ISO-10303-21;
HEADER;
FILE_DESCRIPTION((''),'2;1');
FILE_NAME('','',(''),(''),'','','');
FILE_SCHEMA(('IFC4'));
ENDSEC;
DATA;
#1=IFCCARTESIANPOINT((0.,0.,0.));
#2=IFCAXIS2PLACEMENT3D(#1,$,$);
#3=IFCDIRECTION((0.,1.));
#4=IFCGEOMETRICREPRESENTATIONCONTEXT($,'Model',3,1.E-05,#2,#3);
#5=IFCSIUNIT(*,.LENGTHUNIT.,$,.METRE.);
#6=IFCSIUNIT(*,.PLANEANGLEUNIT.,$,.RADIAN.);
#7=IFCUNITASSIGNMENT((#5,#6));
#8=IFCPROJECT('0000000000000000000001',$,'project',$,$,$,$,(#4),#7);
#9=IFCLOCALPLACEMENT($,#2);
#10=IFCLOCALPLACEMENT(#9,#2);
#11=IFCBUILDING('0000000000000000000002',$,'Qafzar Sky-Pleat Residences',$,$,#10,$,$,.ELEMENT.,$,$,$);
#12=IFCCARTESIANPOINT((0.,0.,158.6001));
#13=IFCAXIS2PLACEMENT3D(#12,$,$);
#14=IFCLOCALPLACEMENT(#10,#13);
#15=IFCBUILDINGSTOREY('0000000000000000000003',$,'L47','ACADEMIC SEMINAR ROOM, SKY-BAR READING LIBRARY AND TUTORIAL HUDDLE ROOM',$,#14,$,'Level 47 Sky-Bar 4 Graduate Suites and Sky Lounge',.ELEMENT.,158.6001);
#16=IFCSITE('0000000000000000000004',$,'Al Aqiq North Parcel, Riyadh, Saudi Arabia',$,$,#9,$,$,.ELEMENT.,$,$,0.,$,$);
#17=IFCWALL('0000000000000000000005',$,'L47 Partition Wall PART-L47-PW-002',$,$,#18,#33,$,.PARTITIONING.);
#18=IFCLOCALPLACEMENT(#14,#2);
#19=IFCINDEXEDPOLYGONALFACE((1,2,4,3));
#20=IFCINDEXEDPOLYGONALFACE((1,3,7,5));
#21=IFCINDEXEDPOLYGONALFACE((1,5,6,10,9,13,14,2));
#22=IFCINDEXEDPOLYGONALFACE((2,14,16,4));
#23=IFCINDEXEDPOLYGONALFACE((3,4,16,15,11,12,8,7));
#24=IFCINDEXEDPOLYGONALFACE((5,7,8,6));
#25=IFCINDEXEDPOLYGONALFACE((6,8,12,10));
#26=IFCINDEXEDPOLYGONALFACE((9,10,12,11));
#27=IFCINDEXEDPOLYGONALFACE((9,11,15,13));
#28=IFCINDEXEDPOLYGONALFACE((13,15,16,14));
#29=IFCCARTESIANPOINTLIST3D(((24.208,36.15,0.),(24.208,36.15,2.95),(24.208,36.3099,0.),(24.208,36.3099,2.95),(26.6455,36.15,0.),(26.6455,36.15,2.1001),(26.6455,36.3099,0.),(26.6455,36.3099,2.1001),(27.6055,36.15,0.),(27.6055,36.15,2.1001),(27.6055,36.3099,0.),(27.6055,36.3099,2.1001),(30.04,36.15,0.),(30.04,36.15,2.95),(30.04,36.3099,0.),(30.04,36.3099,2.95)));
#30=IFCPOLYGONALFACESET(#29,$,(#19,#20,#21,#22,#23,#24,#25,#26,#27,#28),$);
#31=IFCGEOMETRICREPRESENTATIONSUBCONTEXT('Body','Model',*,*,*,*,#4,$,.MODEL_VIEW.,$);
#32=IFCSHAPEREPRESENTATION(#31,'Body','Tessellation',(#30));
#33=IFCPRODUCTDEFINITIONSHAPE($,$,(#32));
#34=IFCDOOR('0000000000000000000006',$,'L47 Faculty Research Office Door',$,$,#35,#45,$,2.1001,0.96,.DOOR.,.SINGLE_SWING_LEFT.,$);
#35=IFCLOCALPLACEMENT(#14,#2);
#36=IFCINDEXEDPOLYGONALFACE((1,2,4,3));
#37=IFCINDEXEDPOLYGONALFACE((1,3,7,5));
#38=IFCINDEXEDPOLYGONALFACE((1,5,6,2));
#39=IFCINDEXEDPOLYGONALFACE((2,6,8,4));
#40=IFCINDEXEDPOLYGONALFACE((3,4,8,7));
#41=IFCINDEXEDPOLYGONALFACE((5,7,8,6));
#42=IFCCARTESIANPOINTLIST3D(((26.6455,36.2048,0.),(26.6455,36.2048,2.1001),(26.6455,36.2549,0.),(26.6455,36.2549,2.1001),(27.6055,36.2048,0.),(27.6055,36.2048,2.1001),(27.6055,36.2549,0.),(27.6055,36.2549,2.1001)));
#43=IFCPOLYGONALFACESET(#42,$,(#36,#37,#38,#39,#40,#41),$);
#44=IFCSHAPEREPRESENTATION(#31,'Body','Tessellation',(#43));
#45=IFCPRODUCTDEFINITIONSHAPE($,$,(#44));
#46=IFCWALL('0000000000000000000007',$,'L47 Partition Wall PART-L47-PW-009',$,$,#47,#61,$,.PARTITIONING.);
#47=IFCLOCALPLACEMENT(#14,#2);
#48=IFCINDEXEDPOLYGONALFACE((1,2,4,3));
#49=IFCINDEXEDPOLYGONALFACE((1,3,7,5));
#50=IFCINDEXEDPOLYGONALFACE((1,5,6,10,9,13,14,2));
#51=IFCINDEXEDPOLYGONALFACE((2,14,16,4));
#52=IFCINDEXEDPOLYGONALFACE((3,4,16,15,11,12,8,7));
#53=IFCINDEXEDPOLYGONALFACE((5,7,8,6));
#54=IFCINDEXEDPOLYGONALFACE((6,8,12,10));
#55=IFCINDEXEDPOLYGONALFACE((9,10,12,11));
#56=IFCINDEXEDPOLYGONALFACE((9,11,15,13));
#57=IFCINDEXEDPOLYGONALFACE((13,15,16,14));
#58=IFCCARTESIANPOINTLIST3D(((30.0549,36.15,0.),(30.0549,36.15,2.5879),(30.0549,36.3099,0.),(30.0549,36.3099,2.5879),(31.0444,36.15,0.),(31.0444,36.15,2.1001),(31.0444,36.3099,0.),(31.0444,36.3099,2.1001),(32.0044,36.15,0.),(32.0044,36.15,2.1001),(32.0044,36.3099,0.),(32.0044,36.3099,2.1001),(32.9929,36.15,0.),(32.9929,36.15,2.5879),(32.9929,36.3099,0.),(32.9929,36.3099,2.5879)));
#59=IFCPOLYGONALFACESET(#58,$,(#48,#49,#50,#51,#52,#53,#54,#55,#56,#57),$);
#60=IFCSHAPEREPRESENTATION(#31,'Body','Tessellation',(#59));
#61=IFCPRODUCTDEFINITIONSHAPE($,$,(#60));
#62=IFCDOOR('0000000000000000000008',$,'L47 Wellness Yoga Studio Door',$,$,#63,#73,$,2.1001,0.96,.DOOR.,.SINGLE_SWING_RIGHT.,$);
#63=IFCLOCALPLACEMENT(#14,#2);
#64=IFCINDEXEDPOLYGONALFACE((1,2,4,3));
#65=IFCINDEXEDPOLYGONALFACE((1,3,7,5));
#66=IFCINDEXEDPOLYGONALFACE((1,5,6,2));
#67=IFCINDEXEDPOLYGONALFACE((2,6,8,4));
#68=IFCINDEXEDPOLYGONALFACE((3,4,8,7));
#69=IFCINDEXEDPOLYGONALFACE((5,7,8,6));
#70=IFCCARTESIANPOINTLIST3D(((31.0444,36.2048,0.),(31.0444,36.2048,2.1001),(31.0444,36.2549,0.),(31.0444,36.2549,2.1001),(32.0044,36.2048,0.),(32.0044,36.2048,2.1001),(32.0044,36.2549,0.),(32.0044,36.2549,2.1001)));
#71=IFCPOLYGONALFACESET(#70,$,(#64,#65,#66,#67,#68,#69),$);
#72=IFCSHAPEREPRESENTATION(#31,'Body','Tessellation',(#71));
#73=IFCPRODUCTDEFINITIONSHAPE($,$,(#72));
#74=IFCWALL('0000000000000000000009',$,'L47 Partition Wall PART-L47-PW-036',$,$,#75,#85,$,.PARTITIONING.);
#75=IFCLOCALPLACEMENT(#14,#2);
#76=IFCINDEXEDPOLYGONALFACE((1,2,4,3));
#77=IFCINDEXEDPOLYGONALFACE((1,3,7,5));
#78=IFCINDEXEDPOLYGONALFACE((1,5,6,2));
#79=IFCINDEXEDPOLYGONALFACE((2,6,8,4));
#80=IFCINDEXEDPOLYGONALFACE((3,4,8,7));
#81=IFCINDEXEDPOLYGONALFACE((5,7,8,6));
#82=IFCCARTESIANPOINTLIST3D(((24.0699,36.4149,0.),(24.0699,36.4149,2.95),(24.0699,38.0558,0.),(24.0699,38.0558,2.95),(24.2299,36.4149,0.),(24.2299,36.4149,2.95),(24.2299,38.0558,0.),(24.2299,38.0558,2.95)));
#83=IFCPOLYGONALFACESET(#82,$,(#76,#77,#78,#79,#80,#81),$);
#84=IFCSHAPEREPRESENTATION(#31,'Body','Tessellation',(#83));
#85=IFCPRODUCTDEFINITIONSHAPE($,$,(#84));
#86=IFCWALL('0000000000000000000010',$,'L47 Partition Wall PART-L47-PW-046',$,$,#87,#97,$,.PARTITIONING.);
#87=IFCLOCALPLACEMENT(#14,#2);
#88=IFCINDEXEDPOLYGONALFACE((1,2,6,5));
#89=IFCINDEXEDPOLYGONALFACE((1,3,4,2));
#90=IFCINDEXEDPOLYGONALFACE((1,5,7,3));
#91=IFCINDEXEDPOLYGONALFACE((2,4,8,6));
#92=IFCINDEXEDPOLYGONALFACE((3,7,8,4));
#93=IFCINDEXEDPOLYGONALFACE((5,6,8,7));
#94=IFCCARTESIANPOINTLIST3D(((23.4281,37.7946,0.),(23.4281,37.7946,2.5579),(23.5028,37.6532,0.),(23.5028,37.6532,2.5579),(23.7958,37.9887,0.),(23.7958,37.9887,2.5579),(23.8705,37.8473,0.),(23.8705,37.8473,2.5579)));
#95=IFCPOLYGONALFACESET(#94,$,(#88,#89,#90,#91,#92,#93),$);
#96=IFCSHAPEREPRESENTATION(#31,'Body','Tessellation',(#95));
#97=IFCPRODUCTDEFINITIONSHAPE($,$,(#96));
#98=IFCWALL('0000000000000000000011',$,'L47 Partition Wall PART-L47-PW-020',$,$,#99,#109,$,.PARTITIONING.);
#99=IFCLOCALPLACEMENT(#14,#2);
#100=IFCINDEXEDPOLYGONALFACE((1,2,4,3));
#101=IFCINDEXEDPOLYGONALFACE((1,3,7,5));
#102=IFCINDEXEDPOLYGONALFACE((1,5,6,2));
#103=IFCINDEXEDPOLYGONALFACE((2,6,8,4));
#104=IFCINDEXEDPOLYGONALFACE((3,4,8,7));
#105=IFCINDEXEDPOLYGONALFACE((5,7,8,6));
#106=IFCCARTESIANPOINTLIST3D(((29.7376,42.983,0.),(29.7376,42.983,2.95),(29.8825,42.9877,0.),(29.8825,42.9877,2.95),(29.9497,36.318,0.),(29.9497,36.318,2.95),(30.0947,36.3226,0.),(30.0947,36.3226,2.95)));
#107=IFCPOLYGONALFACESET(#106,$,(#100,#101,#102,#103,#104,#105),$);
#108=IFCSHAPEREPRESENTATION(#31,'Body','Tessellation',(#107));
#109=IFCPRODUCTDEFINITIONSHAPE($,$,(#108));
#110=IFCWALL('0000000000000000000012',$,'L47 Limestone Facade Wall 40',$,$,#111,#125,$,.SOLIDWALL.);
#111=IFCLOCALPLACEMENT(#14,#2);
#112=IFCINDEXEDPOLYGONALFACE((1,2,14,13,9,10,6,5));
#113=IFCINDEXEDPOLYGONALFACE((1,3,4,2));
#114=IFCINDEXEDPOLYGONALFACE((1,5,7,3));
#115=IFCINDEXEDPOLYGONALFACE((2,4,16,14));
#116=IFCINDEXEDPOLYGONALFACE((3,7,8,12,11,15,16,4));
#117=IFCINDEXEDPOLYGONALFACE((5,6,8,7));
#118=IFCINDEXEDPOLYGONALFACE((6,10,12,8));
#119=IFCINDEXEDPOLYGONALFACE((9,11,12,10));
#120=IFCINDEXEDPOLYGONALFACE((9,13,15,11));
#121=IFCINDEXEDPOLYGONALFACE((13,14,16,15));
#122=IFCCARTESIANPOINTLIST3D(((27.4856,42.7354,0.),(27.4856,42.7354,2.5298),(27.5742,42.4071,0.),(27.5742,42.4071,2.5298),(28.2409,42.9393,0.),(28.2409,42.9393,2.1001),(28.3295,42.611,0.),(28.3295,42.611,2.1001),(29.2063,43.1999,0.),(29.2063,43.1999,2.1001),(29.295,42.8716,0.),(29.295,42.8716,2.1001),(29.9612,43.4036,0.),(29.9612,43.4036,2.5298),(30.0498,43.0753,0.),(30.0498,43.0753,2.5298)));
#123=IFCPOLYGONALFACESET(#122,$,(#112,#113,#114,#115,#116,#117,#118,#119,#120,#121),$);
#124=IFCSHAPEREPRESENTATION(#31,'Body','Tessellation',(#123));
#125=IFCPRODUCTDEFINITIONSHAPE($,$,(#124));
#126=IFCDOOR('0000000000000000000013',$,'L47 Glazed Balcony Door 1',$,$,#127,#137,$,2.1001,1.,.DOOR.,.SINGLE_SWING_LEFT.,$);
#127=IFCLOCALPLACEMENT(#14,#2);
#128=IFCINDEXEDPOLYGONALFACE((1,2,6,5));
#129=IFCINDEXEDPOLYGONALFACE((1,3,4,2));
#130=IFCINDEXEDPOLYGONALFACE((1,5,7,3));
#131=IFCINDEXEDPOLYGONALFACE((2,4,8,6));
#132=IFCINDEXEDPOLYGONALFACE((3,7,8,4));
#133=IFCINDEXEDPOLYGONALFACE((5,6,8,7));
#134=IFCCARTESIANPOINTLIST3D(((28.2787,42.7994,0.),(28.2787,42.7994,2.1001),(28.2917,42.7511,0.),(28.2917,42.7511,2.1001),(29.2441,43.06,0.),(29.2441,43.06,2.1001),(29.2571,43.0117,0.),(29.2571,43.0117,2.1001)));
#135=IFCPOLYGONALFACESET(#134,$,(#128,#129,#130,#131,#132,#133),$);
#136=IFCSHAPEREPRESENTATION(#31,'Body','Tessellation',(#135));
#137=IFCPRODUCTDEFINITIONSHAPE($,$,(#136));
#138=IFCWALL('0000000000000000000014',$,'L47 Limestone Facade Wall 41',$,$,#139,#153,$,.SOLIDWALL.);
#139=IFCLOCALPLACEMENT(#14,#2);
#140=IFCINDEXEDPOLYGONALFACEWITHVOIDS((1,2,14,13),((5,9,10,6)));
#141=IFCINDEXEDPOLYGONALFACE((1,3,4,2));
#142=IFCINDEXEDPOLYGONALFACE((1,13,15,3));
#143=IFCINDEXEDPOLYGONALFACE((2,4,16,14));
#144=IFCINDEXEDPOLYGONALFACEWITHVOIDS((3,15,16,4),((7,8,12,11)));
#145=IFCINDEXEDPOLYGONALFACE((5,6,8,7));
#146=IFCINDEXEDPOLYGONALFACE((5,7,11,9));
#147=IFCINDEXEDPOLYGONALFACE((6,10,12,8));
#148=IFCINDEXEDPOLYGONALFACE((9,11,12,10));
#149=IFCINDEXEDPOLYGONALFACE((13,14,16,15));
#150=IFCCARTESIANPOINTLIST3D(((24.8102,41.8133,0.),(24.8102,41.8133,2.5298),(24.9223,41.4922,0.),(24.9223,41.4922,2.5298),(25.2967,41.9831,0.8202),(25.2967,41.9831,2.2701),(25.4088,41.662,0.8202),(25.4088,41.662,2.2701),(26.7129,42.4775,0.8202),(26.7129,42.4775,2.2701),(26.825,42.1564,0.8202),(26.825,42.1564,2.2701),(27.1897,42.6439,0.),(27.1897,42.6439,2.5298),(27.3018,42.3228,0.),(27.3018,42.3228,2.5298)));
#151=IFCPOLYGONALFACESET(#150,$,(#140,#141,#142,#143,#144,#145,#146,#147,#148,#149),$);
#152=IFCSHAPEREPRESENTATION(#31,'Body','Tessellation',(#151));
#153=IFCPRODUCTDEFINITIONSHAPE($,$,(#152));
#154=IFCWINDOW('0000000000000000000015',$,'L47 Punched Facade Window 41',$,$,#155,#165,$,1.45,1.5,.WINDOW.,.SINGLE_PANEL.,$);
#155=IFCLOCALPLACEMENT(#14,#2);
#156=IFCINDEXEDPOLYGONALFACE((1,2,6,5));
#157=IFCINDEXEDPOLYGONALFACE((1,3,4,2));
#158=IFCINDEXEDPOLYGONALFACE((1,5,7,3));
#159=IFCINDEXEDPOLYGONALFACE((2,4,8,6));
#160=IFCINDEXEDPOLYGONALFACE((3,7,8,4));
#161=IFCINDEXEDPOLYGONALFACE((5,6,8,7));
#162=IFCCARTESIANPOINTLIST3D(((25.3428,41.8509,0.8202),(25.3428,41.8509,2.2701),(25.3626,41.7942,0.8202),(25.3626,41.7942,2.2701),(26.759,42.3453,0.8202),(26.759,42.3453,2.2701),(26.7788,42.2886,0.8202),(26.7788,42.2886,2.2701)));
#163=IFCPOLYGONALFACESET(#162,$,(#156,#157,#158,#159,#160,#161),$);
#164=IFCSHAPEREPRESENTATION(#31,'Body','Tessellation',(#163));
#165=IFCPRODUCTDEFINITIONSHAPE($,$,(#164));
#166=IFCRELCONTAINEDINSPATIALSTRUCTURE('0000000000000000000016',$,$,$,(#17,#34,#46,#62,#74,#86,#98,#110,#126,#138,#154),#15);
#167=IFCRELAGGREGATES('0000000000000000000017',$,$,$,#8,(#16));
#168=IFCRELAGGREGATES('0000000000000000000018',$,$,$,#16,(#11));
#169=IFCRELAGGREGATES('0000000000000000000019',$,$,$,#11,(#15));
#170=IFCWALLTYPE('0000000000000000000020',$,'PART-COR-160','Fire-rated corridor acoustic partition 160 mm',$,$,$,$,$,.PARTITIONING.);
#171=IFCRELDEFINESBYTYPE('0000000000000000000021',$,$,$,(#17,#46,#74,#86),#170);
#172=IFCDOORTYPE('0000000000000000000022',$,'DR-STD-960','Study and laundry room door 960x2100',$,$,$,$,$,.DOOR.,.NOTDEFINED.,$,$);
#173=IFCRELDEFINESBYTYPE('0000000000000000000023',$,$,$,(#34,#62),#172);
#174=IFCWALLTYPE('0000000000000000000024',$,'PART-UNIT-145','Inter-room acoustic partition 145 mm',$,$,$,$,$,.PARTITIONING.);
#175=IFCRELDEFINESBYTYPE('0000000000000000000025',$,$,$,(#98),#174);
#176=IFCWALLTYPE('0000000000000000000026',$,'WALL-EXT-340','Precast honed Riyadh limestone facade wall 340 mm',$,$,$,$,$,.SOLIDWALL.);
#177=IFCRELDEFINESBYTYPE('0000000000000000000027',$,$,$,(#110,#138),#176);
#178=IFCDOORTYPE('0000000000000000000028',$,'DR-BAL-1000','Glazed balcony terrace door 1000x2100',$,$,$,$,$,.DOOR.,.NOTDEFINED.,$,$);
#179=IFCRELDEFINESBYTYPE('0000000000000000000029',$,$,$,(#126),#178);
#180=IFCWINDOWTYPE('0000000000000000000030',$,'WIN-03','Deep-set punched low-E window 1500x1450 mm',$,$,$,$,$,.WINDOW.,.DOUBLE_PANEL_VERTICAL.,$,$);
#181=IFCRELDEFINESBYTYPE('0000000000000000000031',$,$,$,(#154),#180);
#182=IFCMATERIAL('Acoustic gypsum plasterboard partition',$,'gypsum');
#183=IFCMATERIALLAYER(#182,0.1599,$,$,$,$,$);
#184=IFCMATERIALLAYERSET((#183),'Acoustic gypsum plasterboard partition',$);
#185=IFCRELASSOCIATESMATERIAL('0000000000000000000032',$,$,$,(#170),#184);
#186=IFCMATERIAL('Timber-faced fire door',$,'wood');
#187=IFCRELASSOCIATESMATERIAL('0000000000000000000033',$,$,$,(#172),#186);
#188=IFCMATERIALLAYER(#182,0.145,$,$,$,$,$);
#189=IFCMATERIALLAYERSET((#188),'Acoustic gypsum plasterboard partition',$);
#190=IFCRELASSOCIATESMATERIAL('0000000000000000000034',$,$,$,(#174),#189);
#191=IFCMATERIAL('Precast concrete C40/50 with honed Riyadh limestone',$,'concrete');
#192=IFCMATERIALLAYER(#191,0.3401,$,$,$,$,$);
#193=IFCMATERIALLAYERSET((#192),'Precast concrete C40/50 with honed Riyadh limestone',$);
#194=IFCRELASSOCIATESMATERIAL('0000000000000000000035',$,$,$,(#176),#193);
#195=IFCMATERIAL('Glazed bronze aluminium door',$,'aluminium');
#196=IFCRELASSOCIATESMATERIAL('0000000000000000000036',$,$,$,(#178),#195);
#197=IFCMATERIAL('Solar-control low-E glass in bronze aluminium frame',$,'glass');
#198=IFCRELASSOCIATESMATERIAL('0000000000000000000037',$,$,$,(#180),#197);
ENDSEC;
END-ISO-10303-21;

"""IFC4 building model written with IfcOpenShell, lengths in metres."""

from ifc_helpers import new_model, si_unit, direction, frame, frame_2d, origin, place, context, subcontext, project, spatial, rectangle, extrude, source, transform, mapped, material, layer, layer_set, type_object, element, fill, save


model = new_model("IFC4")

# Units and contexts
model_context = context("Model", 3, precision=1e-05, world=origin(), true_north=direction((0.0, 1.0)))
body_context = subcontext(model_context, "Body", "Model", "MODEL_VIEW")
ifc_project = project(units=[si_unit("LENGTHUNIT", "METRE"), si_unit("PLANEANGLEUNIT", "RADIAN")], contexts=[model_context])

# Site, building, storey
site_placement = place(None, origin())
site = spatial("IfcSite", under=ifc_project, at=site_placement, Name="Al Aqiq North Parcel, Riyadh, Saudi Arabia", CompositionType="ELEMENT", RefElevation=0.0)
building_placement = place(site_placement, origin())
building = spatial("IfcBuilding", under=site, at=building_placement, Name="Qafzar Sky-Pleat Residences", CompositionType="ELEMENT")
storey_placement = place(building_placement, frame((0.0, 0.0, 158.6001)))
storey = spatial("IfcBuildingStorey", under=building, at=storey_placement, Name="L47", Description="ACADEMIC SEMINAR ROOM, SKY-BAR READING LIBRARY AND TUTORIAL HUDDLE ROOM", LongName="Level 47 Sky-Bar 4 Graduate Suites and Sky Lounge", CompositionType="ELEMENT", Elevation=158.6001)

# Walls, openings, doors
ifc_material_1 = material(Name="Acoustic gypsum plasterboard partition", Category="gypsum")
ifc_layer_1 = layer(ifc_material_1, 0.1599)
ifc_layer_set_1 = layer_set([ifc_layer_1], Name="Acoustic gypsum plasterboard partition")
wall_type_1 = type_object("IfcWallType", Name="PART-COR-160", Description="Fire-rated corridor acoustic partition 160 mm", PredefinedType="PARTITIONING", material=ifc_layer_set_1)
wall_1_placement = place(storey_placement, frame((24.208, 36.23, 0.0), z_axis=(0.0, 0.0, 1.0), x_axis=(1.0, 0.0, 0.0)))
wall_1 = element("IfcWall", 1, at=wall_1_placement, inside=storey, type_object=wall_type_1, Name="L47 Partition Wall PART-L47-PW-002", PredefinedType="PARTITIONING", context=body_context, shape_type="SweptSolid", body=[
    extrude(rectangle(XDim=5.832, YDim=0.1599, at=frame_2d((2.916, 0.0))), origin(), (0.0, 0.0, 1.0), 2.95),
])
opening_1_placement = place(wall_1_placement, frame((2.4375, 0.0, 0.0)))
opening_1 = element("IfcOpeningElement", 2, at=opening_1_placement, cuts=wall_1, PredefinedType="OPENING", context=body_context, shape_type="SweptSolid", body=[
    extrude(rectangle(XDim=0.96, YDim=2.1001, at=frame_2d((0.48, 1.05))), frame((0.0, 0.0898, 0.0), z_axis=(0.0, -1.0, 0.0), x_axis=(1.0, 0.0, 0.0)), (0.0, 0.0, 1.0), 0.1799),
])
ifc_material_2 = material(Name="Timber-faced fire door", Category="wood")
door_type_1 = type_object("IfcDoorType", Name="DR-STD-960", Description="Study and laundry room door 960x2100", OperationType="NOTDEFINED", PredefinedType="DOOR", material=ifc_material_2)
shared_shape_1 = source(origin(), body_context, "Body", "SweptSolid", [
    extrude(rectangle(XDim=0.96, YDim=2.1001, at=frame_2d((0.48, 1.05))), frame((0.0, 0.0249, 0.0), z_axis=(0.0, -1.0, 0.0), x_axis=(1.0, 0.0, 0.0)), (0.0, 0.0, 1.0), 0.05),
])
door_1_placement = place(opening_1_placement, origin())
door_1 = element("IfcDoor", 3, at=door_1_placement, inside=storey, type_object=door_type_1, Name="L47 Faculty Research Office Door", OperationType="SINGLE_SWING_LEFT", OverallHeight=2.1001, OverallWidth=0.96, PredefinedType="DOOR", context=body_context, shape_type="MappedRepresentation", body=[
    mapped(shared_shape_1, transform((0.0, 0.0, 0.0), x_axis=(1.0, 0.0, 0.0), y_axis=(0.0, 1.0, 0.0), z_axis=(0.0, 0.0, 1.0), scale=1.0)),
])
fill(opening_1, door_1)
wall_2_placement = place(storey_placement, frame((30.0549, 36.23, 0.0), z_axis=(0.0, 0.0, 1.0), x_axis=(1.0, 0.0, 0.0)))
wall_2 = element("IfcWall", 4, at=wall_2_placement, inside=storey, type_object=wall_type_1, Name="L47 Partition Wall PART-L47-PW-009", PredefinedType="PARTITIONING", context=body_context, shape_type="SweptSolid", body=[
    extrude(rectangle(XDim=2.938, YDim=0.1599, at=frame_2d((1.469, 0.0))), origin(), (0.0, 0.0, 1.0), 2.5879),
])
opening_2_placement = place(wall_2_placement, frame((0.9895, 0.0, 0.0)))
opening_2 = element("IfcOpeningElement", 5, at=opening_2_placement, cuts=wall_2, PredefinedType="OPENING", context=body_context, shape_type="SweptSolid", body=[
    extrude(rectangle(XDim=0.96, YDim=2.1001, at=frame_2d((0.48, 1.05))), frame((0.0, 0.0898, 0.0), z_axis=(0.0, -1.0, 0.0), x_axis=(1.0, 0.0, 0.0)), (0.0, 0.0, 1.0), 0.1799),
])
door_2_placement = place(opening_2_placement, origin())
door_2 = element("IfcDoor", 6, at=door_2_placement, inside=storey, type_object=door_type_1, Name="L47 Wellness Yoga Studio Door", OperationType="SINGLE_SWING_RIGHT", OverallHeight=2.1001, OverallWidth=0.96, PredefinedType="DOOR", context=body_context, shape_type="MappedRepresentation", body=[
    mapped(shared_shape_1, transform((0.0, 0.0, 0.0), x_axis=(1.0, 0.0, 0.0), y_axis=(0.0, 1.0, 0.0), z_axis=(0.0, 0.0, 1.0), scale=1.0)),
])
fill(opening_2, door_2)

# Walls
wall_3_placement = place(storey_placement, frame((24.1499, 36.415, 0.0), z_axis=(0.0, 0.0, 1.0), x_axis=(0.0, 1.0, 0.0)))
element("IfcWall", 7, at=wall_3_placement, inside=storey, type_object=wall_type_1, Name="L47 Partition Wall PART-L47-PW-036", PredefinedType="PARTITIONING", context=body_context, shape_type="SweptSolid", body=[
    extrude(rectangle(XDim=1.6409, YDim=0.1599, at=frame_2d((0.8203, 0.0))), origin(), (0.0, 0.0, 1.0), 2.95),
])
wall_4_placement = place(storey_placement, frame((23.4653, 37.7239, 0.0), z_axis=(0.0, 0.0, 1.0), x_axis=(0.884344, 0.466835, 0.0)))
element("IfcWall", 8, at=wall_4_placement, inside=storey, type_object=wall_type_1, Name="L47 Partition Wall PART-L47-PW-046", PredefinedType="PARTITIONING", context=body_context, shape_type="SweptSolid", body=[
    extrude(rectangle(XDim=0.4158, YDim=0.1599, at=frame_2d((0.208, 0.0))), origin(), (0.0, 0.0, 1.0), 2.5579),
])
ifc_layer_2 = layer(ifc_material_1, 0.145)
ifc_layer_set_2 = layer_set([ifc_layer_2], Name="Acoustic gypsum plasterboard partition")
wall_type_2 = type_object("IfcWallType", Name="PART-UNIT-145", Description="Inter-room acoustic partition 145 mm", PredefinedType="PARTITIONING", material=ifc_layer_set_2)
wall_5_placement = place(storey_placement, frame((29.8101, 42.9854, 0.0), z_axis=(0.0, 0.0, 1.0), x_axis=(0.031815, -0.999494, 0.0)))
element("IfcWall", 9, at=wall_5_placement, inside=storey, type_object=wall_type_2, Name="L47 Partition Wall PART-L47-PW-020", PredefinedType="PARTITIONING", context=body_context, shape_type="SweptSolid", body=[
    extrude(rectangle(XDim=6.6685, YDim=0.145, at=frame_2d((3.3342, 0.0))), origin(), (0.0, 0.0, 1.0), 2.95),
])

# Wall, opening, door
ifc_material_3 = material(Name="Precast concrete C40/50 with honed Riyadh limestone", Category="concrete")
ifc_layer_3 = layer(ifc_material_3, 0.3401)
ifc_layer_set_3 = layer_set([ifc_layer_3], Name="Precast concrete C40/50 with honed Riyadh limestone")
wall_type_3 = type_object("IfcWallType", Name="WALL-EXT-340", Description="Precast honed Riyadh limestone facade wall 340 mm", PredefinedType="SOLIDWALL", material=ifc_layer_set_3)
wall_6_placement = place(storey_placement, frame((30.0056, 43.2395, 0.0), z_axis=(0.0, 0.0, 1.0), x_axis=(-0.965448, -0.260595, 0.0)))
wall_6 = element("IfcWall", 10, at=wall_6_placement, inside=storey, type_object=wall_type_3, Name="L47 Limestone Facade Wall 40", PredefinedType="SOLIDWALL", context=body_context, shape_type="SweptSolid", body=[
    extrude(rectangle(XDim=2.5642, YDim=0.3401, at=frame_2d((1.2822, 0.0))), origin(), (0.0, 0.0, 1.0), 2.5298),
])
opening_3_placement = place(wall_6_placement, frame((0.782, 0.0, 0.0)))
opening_3 = element("IfcOpeningElement", 11, at=opening_3_placement, cuts=wall_6, PredefinedType="OPENING", context=body_context, shape_type="SweptSolid", body=[
    extrude(rectangle(XDim=1.0, YDim=2.1001, at=frame_2d((0.5, 1.05))), frame((0.0, 0.1802, 0.0), z_axis=(0.0, -1.0, 0.0), x_axis=(1.0, 0.0, 0.0)), (0.0, 0.0, 1.0), 0.3601),
])
ifc_material_4 = material(Name="Glazed bronze aluminium door", Category="aluminium")
door_type_2 = type_object("IfcDoorType", Name="DR-BAL-1000", Description="Glazed balcony terrace door 1000x2100", OperationType="NOTDEFINED", PredefinedType="DOOR", material=ifc_material_4)
shared_shape_2 = source(origin(), body_context, "Body", "SweptSolid", [
    extrude(rectangle(XDim=1.0, YDim=2.1001, at=frame_2d((0.5, 1.05))), frame((0.0, 0.0249, 0.0), z_axis=(0.0, -1.0, 0.0), x_axis=(1.0, 0.0, 0.0)), (0.0, 0.0, 1.0), 0.05),
])
door_3_placement = place(opening_3_placement, origin())
door_3 = element("IfcDoor", 12, at=door_3_placement, inside=storey, type_object=door_type_2, Name="L47 Glazed Balcony Door 1", OperationType="SINGLE_SWING_LEFT", OverallHeight=2.1001, OverallWidth=1.0, PredefinedType="DOOR", context=body_context, shape_type="MappedRepresentation", body=[
    mapped(shared_shape_2, transform((0.0, 0.0, 0.0), x_axis=(1.0, 0.0, 0.0), y_axis=(0.0, 1.0, 0.0), z_axis=(0.0, 0.0, 1.0), scale=1.0)),
])
fill(opening_3, door_3)

# Wall, opening, window
wall_7_placement = place(storey_placement, frame((27.2458, 42.4834, 0.0), z_axis=(0.0, 0.0, 1.0), x_axis=(-0.944133, -0.329565, 0.0)))
wall_7 = element("IfcWall", 13, at=wall_7_placement, inside=storey, type_object=wall_type_3, Name="L47 Limestone Facade Wall 41", PredefinedType="SOLIDWALL", context=body_context, shape_type="SweptSolid", body=[
    extrude(rectangle(XDim=2.5203, YDim=0.3401, at=frame_2d((1.2603, 0.0))), origin(), (0.0, 0.0, 1.0), 2.5298),
])
opening_4_placement = place(wall_7_placement, frame((0.5051, 0.0, 0.8201)))
opening_4 = element("IfcOpeningElement", 14, at=opening_4_placement, cuts=wall_7, PredefinedType="OPENING", context=body_context, shape_type="SweptSolid", body=[
    extrude(rectangle(XDim=1.5, YDim=1.45, at=frame_2d((0.75, 0.7251))), frame((0.0, 0.1802, 0.0), z_axis=(0.0, -1.0, 0.0), x_axis=(1.0, 0.0, 0.0)), (0.0, 0.0, 1.0), 0.3601),
])
ifc_material_5 = material(Name="Solar-control low-E glass in bronze aluminium frame", Category="glass")
window_type_1 = type_object("IfcWindowType", Name="WIN-03", Description="Deep-set punched low-E window 1500x1450 mm", PartitioningType="DOUBLE_PANEL_VERTICAL", PredefinedType="WINDOW", material=ifc_material_5)
shared_shape_3 = source(origin(), body_context, "Body", "SweptSolid", [
    extrude(rectangle(XDim=1.5, YDim=1.45, at=frame_2d((0.75, 0.7251))), frame((0.0, 0.03, 0.0), z_axis=(0.0, -1.0, 0.0), x_axis=(1.0, 0.0, 0.0)), (0.0, 0.0, 1.0), 0.0601),
])
window_1_placement = place(opening_4_placement, origin())
window_1 = element("IfcWindow", 15, at=window_1_placement, inside=storey, type_object=window_type_1, Name="L47 Punched Facade Window 41", OverallHeight=1.45, OverallWidth=1.5, PartitioningType="SINGLE_PANEL", PredefinedType="WINDOW", context=body_context, shape_type="MappedRepresentation", body=[
    mapped(shared_shape_3, transform((0.0, 0.0, 0.0), x_axis=(1.0, 0.0, 0.0), y_axis=(0.0, 1.0, 0.0), z_axis=(0.0, 0.0, 1.0), scale=1.0)),
])
fill(opening_4, window_1)

save(model, "model.ifc")
